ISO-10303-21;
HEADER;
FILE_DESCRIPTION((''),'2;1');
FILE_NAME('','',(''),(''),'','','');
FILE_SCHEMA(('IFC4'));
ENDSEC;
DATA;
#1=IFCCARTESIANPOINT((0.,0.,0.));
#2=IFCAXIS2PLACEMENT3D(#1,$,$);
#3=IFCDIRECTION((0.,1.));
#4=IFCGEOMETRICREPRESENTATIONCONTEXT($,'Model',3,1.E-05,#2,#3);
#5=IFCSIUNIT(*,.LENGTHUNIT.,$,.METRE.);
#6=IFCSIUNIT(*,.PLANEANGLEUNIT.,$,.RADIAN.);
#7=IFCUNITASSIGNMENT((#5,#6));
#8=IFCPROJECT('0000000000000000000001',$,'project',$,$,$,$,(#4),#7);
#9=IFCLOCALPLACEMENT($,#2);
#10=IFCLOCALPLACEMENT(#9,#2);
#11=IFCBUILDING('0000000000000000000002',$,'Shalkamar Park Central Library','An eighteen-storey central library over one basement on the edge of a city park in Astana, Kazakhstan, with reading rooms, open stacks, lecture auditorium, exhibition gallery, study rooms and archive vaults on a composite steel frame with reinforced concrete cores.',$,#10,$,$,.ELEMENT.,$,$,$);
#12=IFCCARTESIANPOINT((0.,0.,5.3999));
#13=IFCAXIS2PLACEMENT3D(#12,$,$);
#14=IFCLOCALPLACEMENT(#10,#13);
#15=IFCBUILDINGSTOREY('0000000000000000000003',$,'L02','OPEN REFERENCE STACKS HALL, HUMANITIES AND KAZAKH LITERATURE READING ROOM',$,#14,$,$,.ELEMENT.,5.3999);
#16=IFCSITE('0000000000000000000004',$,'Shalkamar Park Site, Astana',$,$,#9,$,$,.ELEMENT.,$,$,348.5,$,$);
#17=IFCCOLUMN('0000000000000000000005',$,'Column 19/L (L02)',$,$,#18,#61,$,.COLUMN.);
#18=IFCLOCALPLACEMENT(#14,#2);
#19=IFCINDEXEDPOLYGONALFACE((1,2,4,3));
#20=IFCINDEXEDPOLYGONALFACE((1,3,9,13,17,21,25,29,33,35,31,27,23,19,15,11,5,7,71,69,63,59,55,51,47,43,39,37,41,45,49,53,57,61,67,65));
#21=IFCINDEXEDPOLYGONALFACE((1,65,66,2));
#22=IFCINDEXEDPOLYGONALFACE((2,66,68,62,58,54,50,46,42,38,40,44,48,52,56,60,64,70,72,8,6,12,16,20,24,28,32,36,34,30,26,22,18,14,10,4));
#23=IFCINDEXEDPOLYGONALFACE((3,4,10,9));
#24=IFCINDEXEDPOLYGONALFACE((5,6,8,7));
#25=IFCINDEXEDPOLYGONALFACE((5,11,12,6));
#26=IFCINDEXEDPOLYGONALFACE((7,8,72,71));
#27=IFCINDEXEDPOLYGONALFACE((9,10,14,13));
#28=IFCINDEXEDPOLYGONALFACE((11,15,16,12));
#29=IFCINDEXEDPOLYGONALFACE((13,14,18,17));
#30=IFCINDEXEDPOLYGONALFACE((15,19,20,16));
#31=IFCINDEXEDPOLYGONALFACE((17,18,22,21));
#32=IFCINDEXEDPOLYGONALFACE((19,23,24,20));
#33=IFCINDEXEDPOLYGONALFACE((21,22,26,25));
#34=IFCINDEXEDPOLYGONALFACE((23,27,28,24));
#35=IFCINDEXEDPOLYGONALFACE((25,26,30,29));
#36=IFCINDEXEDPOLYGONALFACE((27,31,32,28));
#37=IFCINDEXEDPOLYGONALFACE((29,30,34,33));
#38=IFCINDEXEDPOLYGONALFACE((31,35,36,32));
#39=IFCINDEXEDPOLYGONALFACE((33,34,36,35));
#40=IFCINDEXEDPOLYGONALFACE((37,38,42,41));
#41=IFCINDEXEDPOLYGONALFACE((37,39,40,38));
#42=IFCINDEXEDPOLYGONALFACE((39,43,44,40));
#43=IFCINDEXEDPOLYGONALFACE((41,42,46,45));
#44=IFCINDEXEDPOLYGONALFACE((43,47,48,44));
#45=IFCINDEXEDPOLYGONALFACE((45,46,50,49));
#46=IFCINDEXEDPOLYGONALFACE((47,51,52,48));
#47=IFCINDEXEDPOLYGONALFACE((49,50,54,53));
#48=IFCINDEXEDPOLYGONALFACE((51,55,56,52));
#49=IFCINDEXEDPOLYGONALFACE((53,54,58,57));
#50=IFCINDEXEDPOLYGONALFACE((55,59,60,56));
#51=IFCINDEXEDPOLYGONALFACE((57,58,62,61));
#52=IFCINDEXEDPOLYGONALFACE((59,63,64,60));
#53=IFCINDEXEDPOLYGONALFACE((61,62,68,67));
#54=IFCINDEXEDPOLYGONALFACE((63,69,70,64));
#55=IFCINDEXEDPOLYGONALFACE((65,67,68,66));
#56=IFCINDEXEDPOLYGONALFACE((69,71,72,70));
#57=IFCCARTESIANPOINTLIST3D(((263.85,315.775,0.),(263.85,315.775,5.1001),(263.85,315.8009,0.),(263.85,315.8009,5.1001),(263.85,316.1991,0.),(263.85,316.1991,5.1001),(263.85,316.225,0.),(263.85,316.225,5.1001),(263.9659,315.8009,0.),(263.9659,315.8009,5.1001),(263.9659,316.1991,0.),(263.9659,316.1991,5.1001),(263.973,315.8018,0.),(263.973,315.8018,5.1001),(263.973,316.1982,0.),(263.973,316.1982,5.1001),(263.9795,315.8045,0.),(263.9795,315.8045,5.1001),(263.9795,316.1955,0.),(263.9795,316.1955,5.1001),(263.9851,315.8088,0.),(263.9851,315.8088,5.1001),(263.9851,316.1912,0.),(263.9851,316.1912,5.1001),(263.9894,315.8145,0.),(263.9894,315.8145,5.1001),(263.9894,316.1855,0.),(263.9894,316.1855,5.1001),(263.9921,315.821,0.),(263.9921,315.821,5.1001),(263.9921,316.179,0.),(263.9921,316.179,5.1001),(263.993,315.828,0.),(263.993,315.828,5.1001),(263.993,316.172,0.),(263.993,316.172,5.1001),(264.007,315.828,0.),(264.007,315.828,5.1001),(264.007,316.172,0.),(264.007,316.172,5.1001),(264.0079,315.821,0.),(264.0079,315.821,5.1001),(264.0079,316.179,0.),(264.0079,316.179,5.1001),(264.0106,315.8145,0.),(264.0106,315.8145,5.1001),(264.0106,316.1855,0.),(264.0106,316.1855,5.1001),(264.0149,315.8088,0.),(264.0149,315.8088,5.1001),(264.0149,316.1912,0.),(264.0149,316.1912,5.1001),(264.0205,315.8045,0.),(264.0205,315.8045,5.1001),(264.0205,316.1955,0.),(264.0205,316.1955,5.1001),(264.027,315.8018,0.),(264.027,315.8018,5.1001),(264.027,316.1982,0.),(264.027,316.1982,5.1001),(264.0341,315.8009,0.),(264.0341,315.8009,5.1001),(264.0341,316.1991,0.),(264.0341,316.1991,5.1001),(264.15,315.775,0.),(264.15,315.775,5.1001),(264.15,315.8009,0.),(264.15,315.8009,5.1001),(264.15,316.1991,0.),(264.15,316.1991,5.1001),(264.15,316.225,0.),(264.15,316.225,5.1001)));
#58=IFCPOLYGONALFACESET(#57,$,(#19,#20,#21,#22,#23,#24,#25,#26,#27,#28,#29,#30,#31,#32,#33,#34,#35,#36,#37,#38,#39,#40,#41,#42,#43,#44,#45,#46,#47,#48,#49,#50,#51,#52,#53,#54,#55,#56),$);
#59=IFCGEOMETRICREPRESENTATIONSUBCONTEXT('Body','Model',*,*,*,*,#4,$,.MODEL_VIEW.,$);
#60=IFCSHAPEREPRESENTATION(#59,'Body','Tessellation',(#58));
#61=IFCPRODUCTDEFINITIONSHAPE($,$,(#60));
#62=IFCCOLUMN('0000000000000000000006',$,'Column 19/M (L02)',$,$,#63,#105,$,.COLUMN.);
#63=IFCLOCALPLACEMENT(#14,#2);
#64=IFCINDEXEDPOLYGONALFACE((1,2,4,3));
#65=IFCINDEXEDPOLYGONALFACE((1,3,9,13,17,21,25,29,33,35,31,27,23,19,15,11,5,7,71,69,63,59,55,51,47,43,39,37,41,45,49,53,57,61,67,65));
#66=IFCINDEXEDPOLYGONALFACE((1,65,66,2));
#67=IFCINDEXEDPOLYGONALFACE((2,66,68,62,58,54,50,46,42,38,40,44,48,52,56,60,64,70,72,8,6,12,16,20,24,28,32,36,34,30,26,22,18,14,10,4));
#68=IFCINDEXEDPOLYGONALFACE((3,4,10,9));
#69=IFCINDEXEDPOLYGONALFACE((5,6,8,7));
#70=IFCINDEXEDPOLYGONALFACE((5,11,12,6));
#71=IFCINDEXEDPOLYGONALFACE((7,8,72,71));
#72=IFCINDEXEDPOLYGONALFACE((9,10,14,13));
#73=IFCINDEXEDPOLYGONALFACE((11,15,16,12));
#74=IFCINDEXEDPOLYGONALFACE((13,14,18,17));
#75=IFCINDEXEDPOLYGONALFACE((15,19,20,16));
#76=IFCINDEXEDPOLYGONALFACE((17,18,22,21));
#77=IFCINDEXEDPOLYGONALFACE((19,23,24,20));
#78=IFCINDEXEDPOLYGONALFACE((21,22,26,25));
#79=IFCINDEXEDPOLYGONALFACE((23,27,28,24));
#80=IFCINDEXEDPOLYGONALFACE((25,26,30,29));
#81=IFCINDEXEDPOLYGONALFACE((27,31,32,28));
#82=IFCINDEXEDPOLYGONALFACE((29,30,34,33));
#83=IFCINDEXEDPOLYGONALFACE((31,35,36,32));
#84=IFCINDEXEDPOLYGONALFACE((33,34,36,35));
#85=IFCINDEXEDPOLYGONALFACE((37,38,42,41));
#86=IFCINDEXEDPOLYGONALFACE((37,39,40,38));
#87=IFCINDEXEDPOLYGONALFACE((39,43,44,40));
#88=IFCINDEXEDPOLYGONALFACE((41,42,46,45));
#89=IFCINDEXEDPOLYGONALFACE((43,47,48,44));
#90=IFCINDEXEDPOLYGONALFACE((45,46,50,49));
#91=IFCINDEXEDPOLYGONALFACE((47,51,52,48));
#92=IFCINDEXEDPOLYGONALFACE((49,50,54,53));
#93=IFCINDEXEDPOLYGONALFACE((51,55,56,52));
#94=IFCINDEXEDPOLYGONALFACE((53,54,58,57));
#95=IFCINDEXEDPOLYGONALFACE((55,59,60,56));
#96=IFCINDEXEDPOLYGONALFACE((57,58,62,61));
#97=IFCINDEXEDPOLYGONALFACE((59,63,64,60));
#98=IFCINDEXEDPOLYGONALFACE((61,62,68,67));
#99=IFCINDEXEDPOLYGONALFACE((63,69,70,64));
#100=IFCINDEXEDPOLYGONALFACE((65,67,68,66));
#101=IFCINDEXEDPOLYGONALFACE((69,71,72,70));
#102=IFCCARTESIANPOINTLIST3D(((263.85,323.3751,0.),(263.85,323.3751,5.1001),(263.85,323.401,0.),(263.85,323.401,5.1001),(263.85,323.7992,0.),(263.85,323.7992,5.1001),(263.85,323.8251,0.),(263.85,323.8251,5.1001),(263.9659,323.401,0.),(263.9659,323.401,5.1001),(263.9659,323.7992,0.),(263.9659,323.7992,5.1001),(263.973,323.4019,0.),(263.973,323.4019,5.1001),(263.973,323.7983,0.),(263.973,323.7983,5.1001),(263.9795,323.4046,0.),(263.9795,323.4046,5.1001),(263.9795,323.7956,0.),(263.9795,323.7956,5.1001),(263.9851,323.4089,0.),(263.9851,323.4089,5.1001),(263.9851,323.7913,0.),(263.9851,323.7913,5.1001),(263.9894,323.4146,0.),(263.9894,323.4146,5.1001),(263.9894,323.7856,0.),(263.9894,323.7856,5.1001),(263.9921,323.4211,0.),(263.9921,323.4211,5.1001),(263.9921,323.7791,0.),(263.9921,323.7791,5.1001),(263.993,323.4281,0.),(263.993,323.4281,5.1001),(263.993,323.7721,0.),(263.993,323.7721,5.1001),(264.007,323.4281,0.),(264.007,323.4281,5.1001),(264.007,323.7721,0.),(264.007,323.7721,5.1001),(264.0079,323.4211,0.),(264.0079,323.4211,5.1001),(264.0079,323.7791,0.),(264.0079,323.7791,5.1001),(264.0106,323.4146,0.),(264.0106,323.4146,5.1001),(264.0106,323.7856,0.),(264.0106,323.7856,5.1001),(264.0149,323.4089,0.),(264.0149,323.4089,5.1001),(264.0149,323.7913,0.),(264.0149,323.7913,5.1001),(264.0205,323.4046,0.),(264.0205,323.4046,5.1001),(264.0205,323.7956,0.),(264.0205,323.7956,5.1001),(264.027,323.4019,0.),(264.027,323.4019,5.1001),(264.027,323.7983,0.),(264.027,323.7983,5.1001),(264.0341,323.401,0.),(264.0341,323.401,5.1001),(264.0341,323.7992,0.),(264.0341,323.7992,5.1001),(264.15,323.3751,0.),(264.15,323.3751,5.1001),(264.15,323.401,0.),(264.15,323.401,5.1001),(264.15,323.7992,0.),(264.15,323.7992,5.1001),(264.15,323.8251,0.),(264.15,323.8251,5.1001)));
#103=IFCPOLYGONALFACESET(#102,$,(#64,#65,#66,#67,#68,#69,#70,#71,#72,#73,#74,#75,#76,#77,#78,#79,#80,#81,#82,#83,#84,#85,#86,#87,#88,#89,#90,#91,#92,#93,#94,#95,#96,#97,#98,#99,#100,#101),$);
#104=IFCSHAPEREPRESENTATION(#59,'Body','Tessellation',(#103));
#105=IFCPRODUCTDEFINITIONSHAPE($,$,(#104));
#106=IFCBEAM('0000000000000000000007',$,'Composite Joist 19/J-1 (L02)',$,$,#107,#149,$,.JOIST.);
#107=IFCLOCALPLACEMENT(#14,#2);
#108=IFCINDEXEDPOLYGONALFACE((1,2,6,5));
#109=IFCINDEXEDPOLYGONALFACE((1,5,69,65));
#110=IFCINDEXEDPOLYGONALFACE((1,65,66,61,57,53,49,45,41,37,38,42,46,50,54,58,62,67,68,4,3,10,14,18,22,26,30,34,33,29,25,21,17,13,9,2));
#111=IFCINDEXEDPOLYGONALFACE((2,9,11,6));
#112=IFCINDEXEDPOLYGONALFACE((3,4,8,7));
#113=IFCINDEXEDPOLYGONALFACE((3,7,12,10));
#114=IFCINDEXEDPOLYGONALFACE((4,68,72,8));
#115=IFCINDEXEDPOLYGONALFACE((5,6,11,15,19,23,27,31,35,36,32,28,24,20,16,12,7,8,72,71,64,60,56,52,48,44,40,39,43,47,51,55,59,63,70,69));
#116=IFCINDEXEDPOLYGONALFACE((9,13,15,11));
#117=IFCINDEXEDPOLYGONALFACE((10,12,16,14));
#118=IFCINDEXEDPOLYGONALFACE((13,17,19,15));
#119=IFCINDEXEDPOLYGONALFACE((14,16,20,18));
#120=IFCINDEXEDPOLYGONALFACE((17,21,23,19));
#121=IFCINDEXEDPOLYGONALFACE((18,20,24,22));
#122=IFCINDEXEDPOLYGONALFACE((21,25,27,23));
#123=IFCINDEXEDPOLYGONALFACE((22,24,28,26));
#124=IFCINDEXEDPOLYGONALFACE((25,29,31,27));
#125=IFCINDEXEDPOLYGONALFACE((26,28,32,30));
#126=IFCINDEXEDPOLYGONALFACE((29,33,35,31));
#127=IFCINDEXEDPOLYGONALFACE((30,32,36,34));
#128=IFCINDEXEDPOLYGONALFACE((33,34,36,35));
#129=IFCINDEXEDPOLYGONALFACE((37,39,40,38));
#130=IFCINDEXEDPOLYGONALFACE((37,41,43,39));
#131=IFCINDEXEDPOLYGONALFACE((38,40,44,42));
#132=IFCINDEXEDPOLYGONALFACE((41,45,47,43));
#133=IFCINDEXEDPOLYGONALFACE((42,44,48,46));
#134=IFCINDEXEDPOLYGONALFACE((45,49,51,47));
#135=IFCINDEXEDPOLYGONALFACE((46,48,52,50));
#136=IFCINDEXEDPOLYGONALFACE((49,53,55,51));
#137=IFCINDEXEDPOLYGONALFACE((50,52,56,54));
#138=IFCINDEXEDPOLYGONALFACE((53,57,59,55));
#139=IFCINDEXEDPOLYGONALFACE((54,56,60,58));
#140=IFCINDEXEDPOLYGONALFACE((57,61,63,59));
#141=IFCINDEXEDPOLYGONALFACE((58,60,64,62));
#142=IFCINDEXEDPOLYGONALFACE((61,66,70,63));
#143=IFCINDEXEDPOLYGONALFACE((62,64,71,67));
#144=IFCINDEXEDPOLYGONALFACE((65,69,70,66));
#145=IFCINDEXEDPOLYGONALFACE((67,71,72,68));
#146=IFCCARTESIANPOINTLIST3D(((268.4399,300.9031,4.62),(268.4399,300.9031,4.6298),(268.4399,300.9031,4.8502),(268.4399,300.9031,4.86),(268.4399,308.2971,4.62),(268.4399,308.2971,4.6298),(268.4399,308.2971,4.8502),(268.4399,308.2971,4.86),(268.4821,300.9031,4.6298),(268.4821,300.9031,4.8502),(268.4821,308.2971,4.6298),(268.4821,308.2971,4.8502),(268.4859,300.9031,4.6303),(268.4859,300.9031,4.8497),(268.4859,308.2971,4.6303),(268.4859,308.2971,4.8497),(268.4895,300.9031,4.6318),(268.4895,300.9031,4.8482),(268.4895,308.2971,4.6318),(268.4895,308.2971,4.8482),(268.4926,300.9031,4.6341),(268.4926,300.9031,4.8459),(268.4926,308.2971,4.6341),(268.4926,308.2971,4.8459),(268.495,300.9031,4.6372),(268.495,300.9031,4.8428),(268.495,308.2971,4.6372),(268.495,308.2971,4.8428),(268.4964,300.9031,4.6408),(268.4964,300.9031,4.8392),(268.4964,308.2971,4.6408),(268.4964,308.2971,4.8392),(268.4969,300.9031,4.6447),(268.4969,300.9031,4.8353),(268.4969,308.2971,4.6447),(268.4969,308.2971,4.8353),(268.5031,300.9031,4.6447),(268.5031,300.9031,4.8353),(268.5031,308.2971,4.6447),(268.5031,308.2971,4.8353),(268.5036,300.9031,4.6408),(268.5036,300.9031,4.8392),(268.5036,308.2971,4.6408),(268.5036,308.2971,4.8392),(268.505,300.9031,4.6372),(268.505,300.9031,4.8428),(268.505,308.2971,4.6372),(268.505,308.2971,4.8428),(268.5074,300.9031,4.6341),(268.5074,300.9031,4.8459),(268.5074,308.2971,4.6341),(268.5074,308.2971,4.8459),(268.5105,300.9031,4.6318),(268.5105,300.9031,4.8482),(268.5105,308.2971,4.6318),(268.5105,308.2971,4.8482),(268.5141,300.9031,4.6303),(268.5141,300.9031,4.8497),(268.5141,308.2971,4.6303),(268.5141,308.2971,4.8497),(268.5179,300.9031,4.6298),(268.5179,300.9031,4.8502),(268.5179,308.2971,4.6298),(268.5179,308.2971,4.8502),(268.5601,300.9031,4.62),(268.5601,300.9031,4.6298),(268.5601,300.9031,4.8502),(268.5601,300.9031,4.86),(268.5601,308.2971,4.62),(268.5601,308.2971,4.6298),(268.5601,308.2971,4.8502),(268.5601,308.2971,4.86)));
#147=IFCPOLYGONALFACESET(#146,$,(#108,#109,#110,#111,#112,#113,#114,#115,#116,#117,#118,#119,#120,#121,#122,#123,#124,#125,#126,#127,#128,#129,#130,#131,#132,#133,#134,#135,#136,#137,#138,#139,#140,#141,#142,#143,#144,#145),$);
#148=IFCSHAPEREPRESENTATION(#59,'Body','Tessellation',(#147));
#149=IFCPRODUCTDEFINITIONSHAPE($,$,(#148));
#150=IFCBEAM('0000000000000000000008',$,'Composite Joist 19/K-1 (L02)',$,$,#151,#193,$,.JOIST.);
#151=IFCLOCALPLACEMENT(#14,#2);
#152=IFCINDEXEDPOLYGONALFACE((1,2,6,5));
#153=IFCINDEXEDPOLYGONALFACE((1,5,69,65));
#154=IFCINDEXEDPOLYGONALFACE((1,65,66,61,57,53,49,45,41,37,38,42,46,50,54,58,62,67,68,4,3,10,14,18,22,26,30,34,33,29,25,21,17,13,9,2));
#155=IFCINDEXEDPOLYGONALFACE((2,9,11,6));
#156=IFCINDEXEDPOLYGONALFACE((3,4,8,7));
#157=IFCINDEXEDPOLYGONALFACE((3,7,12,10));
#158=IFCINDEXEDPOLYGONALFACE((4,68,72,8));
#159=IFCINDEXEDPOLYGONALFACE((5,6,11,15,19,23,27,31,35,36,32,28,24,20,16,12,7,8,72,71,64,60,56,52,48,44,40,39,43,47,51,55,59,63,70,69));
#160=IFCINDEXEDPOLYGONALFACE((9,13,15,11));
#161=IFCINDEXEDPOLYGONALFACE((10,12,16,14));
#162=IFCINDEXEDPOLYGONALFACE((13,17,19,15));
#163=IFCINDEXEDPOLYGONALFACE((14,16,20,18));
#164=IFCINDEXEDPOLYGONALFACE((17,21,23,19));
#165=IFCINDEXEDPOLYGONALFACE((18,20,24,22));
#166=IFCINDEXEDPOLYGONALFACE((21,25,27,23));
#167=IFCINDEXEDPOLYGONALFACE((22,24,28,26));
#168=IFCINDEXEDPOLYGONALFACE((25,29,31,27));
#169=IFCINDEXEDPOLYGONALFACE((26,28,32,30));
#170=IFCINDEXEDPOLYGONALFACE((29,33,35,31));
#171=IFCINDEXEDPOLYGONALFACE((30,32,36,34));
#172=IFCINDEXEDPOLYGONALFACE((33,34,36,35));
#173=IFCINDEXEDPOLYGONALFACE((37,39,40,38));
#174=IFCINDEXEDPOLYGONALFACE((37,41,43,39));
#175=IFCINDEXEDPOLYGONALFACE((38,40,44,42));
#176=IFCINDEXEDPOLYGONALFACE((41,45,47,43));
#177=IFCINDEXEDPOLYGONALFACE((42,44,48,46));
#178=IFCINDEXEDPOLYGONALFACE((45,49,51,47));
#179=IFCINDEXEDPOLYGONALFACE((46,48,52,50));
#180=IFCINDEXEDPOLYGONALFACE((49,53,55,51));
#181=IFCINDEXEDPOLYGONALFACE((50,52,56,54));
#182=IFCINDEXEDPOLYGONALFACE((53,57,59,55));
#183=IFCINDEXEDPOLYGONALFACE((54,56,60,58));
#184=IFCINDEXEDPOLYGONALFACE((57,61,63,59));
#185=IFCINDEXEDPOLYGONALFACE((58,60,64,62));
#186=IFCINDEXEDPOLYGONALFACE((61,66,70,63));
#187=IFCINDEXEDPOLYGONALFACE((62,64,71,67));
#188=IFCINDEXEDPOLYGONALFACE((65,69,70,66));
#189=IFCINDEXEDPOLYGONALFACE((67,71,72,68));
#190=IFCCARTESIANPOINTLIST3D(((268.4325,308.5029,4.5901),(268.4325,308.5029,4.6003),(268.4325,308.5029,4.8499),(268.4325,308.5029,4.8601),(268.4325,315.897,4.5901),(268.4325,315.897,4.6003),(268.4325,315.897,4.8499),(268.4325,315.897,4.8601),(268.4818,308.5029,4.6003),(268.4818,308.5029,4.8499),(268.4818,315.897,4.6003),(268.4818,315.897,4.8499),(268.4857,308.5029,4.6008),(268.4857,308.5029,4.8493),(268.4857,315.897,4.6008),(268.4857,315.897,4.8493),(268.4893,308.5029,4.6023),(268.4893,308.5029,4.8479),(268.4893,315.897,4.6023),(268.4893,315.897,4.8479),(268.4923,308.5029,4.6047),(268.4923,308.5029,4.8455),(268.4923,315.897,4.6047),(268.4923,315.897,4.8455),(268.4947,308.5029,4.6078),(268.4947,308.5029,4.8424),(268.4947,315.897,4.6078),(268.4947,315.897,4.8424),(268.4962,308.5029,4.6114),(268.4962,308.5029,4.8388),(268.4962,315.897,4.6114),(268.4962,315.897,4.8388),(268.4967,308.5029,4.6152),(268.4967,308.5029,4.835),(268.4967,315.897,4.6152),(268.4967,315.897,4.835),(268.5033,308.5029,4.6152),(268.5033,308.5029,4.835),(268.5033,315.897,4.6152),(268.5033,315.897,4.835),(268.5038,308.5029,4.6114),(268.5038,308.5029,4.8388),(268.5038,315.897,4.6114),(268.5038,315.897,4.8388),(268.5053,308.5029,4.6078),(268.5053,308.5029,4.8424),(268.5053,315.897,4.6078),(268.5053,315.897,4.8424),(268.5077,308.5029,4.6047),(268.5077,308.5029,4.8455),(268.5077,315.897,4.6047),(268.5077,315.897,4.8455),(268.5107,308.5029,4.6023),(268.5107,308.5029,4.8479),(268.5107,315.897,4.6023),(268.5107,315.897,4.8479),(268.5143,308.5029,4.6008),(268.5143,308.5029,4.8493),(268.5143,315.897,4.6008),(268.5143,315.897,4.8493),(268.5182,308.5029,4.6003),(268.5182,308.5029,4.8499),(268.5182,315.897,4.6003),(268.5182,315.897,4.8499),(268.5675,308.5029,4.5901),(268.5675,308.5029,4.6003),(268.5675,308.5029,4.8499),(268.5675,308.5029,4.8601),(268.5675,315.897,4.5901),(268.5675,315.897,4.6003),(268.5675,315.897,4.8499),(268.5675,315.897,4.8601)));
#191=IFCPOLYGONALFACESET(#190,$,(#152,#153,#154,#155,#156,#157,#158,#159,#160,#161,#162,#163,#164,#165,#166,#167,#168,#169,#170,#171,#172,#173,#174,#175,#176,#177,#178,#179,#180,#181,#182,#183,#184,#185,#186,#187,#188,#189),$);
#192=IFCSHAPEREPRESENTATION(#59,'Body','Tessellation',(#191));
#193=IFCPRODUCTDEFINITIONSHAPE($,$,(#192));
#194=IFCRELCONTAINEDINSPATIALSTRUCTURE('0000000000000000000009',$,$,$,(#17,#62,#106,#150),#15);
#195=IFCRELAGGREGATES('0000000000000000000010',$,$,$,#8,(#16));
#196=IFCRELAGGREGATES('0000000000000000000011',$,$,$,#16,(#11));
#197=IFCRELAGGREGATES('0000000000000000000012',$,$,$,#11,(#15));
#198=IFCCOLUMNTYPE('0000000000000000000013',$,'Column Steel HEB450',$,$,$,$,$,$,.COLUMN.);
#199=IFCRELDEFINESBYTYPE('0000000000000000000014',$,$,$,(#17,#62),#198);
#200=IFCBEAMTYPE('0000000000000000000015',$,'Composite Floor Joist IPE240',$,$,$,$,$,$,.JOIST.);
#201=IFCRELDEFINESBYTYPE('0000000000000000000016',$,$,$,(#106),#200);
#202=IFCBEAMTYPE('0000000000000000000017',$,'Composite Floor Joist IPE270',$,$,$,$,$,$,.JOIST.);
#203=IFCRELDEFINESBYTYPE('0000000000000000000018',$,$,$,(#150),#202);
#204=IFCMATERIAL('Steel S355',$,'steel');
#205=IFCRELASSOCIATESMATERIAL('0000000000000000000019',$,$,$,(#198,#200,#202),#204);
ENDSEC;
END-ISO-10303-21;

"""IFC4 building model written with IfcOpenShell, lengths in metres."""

from ifc_helpers import new_model, si_unit, direction, frame, origin, origin_2d, place, context, subcontext, project, spatial, i_section, extrude, material, material_profile, profile_set, type_object, element, save


model = new_model("IFC4")

# Units and contexts
model_context = context("Model", 3, precision=1e-05, world=origin(), true_north=direction((0.0, 1.0)))
body_context = subcontext(model_context, "Body", "Model", "MODEL_VIEW")
ifc_project = project(units=[si_unit("LENGTHUNIT", "METRE"), si_unit("PLANEANGLEUNIT", "RADIAN")], contexts=[model_context])

# Site, building, storey
site_placement = place(None, origin())
site = spatial("IfcSite", under=ifc_project, at=site_placement, Name="Shalkamar Park Site, Astana", CompositionType="ELEMENT", RefElevation=348.5)
building_placement = place(site_placement, origin())
building = spatial("IfcBuilding", under=site, at=building_placement, Name="Shalkamar Park Central Library", Description="An eighteen-storey central library over one basement on the edge of a city park in Astana, Kazakhstan, with reading rooms, open stacks, lecture auditorium, exhibition gallery, study rooms and archive vaults on a composite steel frame with reinforced concrete cores.", CompositionType="ELEMENT")
storey_placement = place(building_placement, frame((0.0, 0.0, 5.3999)))
storey = spatial("IfcBuildingStorey", under=building, at=storey_placement, Name="L02", Description="OPEN REFERENCE STACKS HALL, HUMANITIES AND KAZAKH LITERATURE READING ROOM", CompositionType="ELEMENT", Elevation=5.3999)

# Columns
ifc_material_1 = material(Name="Steel S355", Category="steel")
ifc_material_profile_1 = material_profile(ifc_material_1, i_section(OverallWidth=0.3, OverallDepth=0.45, WebThickness=0.0139, FlangeThickness=0.0259, FilletRadius=0.0271, at=origin_2d()), Name="HEB 450")
ifc_profile_set_1 = profile_set([ifc_material_profile_1], Name="Steel S355")
column_type_1 = type_object("IfcColumnType", Name="Column Steel HEB450", PredefinedType="COLUMN", material=ifc_profile_set_1)
for number, where, z_axis, x_axis, name in (
    (1, (264.0, 316.0, 0.0), (0.0, 0.0, 1.0), (1.0, 0.0, 0.0), "Column 19/L (L02)"),
    (2, (264.0, 323.6001, 0.0), (0.0, 0.0, 1.0), (1.0, 0.0, 0.0), "Column 19/M (L02)"),
):
    element("IfcColumn", number, at=place(storey_placement, frame(where, z_axis=z_axis, x_axis=x_axis)), inside=storey, type_object=column_type_1, Name=name, PredefinedType="COLUMN", context=body_context, shape_type="SweptSolid", body=[
        extrude(i_section(OverallWidth=0.3, OverallDepth=0.45, WebThickness=0.0139, FlangeThickness=0.0259, FilletRadius=0.0271, at=origin_2d()), origin(), (0.0, 0.0, 1.0), 5.1001),
    ])

# Beams
ifc_material_profile_2 = material_profile(ifc_material_1, i_section(OverallWidth=0.1201, OverallDepth=0.24, WebThickness=0.0061, FlangeThickness=0.0098, FilletRadius=0.0149, at=origin_2d()), Name="IPE 240")
ifc_profile_set_2 = profile_set([ifc_material_profile_2], Name="Steel S355")
beam_type_1 = type_object("IfcBeamType", Name="Composite Floor Joist IPE240", PredefinedType="JOIST", material=ifc_profile_set_2)
beam_1_placement = place(storey_placement, frame((268.5, 300.9031, 4.74), z_axis=(0.0, 1.0, 0.0), x_axis=(-1.0, 0.0, 0.0)))
element("IfcBeam", 3, at=beam_1_placement, inside=storey, type_object=beam_type_1, Name="Composite Joist 19/J-1 (L02)", PredefinedType="JOIST", context=body_context, shape_type="SweptSolid", body=[
    extrude(i_section(OverallWidth=0.1201, OverallDepth=0.24, WebThickness=0.0061, FlangeThickness=0.0098, FilletRadius=0.0149, at=origin_2d()), origin(), (0.0, 0.0, 1.0), 7.394),
])
ifc_material_profile_3 = material_profile(ifc_material_1, i_section(OverallWidth=0.135, OverallDepth=0.27, WebThickness=0.0066, FlangeThickness=0.0103, FilletRadius=0.0149, at=origin_2d()), Name="IPE 270")
ifc_profile_set_3 = profile_set([ifc_material_profile_3], Name="Steel S355")
beam_type_2 = type_object("IfcBeamType", Name="Composite Floor Joist IPE270", PredefinedType="JOIST", material=ifc_profile_set_3)
for number, where, z_axis, x_axis, name in (
    (4, (268.5, 308.5029, 4.7251), (0.0, 1.0, 0.0), (-1.0, 0.0, 0.0), "Composite Joist 19/K-1 (L02)"),
):
    element("IfcBeam", number, at=place(storey_placement, frame(where, z_axis=z_axis, x_axis=x_axis)), inside=storey, type_object=beam_type_2, Name=name, PredefinedType="JOIST", context=body_context, shape_type="SweptSolid", body=[
        extrude(i_section(OverallWidth=0.135, OverallDepth=0.27, WebThickness=0.0066, FlangeThickness=0.0103, FilletRadius=0.0149, at=origin_2d()), origin(), (0.0, 0.0, 1.0), 7.394),
    ])

save(model, "model.ifc")
